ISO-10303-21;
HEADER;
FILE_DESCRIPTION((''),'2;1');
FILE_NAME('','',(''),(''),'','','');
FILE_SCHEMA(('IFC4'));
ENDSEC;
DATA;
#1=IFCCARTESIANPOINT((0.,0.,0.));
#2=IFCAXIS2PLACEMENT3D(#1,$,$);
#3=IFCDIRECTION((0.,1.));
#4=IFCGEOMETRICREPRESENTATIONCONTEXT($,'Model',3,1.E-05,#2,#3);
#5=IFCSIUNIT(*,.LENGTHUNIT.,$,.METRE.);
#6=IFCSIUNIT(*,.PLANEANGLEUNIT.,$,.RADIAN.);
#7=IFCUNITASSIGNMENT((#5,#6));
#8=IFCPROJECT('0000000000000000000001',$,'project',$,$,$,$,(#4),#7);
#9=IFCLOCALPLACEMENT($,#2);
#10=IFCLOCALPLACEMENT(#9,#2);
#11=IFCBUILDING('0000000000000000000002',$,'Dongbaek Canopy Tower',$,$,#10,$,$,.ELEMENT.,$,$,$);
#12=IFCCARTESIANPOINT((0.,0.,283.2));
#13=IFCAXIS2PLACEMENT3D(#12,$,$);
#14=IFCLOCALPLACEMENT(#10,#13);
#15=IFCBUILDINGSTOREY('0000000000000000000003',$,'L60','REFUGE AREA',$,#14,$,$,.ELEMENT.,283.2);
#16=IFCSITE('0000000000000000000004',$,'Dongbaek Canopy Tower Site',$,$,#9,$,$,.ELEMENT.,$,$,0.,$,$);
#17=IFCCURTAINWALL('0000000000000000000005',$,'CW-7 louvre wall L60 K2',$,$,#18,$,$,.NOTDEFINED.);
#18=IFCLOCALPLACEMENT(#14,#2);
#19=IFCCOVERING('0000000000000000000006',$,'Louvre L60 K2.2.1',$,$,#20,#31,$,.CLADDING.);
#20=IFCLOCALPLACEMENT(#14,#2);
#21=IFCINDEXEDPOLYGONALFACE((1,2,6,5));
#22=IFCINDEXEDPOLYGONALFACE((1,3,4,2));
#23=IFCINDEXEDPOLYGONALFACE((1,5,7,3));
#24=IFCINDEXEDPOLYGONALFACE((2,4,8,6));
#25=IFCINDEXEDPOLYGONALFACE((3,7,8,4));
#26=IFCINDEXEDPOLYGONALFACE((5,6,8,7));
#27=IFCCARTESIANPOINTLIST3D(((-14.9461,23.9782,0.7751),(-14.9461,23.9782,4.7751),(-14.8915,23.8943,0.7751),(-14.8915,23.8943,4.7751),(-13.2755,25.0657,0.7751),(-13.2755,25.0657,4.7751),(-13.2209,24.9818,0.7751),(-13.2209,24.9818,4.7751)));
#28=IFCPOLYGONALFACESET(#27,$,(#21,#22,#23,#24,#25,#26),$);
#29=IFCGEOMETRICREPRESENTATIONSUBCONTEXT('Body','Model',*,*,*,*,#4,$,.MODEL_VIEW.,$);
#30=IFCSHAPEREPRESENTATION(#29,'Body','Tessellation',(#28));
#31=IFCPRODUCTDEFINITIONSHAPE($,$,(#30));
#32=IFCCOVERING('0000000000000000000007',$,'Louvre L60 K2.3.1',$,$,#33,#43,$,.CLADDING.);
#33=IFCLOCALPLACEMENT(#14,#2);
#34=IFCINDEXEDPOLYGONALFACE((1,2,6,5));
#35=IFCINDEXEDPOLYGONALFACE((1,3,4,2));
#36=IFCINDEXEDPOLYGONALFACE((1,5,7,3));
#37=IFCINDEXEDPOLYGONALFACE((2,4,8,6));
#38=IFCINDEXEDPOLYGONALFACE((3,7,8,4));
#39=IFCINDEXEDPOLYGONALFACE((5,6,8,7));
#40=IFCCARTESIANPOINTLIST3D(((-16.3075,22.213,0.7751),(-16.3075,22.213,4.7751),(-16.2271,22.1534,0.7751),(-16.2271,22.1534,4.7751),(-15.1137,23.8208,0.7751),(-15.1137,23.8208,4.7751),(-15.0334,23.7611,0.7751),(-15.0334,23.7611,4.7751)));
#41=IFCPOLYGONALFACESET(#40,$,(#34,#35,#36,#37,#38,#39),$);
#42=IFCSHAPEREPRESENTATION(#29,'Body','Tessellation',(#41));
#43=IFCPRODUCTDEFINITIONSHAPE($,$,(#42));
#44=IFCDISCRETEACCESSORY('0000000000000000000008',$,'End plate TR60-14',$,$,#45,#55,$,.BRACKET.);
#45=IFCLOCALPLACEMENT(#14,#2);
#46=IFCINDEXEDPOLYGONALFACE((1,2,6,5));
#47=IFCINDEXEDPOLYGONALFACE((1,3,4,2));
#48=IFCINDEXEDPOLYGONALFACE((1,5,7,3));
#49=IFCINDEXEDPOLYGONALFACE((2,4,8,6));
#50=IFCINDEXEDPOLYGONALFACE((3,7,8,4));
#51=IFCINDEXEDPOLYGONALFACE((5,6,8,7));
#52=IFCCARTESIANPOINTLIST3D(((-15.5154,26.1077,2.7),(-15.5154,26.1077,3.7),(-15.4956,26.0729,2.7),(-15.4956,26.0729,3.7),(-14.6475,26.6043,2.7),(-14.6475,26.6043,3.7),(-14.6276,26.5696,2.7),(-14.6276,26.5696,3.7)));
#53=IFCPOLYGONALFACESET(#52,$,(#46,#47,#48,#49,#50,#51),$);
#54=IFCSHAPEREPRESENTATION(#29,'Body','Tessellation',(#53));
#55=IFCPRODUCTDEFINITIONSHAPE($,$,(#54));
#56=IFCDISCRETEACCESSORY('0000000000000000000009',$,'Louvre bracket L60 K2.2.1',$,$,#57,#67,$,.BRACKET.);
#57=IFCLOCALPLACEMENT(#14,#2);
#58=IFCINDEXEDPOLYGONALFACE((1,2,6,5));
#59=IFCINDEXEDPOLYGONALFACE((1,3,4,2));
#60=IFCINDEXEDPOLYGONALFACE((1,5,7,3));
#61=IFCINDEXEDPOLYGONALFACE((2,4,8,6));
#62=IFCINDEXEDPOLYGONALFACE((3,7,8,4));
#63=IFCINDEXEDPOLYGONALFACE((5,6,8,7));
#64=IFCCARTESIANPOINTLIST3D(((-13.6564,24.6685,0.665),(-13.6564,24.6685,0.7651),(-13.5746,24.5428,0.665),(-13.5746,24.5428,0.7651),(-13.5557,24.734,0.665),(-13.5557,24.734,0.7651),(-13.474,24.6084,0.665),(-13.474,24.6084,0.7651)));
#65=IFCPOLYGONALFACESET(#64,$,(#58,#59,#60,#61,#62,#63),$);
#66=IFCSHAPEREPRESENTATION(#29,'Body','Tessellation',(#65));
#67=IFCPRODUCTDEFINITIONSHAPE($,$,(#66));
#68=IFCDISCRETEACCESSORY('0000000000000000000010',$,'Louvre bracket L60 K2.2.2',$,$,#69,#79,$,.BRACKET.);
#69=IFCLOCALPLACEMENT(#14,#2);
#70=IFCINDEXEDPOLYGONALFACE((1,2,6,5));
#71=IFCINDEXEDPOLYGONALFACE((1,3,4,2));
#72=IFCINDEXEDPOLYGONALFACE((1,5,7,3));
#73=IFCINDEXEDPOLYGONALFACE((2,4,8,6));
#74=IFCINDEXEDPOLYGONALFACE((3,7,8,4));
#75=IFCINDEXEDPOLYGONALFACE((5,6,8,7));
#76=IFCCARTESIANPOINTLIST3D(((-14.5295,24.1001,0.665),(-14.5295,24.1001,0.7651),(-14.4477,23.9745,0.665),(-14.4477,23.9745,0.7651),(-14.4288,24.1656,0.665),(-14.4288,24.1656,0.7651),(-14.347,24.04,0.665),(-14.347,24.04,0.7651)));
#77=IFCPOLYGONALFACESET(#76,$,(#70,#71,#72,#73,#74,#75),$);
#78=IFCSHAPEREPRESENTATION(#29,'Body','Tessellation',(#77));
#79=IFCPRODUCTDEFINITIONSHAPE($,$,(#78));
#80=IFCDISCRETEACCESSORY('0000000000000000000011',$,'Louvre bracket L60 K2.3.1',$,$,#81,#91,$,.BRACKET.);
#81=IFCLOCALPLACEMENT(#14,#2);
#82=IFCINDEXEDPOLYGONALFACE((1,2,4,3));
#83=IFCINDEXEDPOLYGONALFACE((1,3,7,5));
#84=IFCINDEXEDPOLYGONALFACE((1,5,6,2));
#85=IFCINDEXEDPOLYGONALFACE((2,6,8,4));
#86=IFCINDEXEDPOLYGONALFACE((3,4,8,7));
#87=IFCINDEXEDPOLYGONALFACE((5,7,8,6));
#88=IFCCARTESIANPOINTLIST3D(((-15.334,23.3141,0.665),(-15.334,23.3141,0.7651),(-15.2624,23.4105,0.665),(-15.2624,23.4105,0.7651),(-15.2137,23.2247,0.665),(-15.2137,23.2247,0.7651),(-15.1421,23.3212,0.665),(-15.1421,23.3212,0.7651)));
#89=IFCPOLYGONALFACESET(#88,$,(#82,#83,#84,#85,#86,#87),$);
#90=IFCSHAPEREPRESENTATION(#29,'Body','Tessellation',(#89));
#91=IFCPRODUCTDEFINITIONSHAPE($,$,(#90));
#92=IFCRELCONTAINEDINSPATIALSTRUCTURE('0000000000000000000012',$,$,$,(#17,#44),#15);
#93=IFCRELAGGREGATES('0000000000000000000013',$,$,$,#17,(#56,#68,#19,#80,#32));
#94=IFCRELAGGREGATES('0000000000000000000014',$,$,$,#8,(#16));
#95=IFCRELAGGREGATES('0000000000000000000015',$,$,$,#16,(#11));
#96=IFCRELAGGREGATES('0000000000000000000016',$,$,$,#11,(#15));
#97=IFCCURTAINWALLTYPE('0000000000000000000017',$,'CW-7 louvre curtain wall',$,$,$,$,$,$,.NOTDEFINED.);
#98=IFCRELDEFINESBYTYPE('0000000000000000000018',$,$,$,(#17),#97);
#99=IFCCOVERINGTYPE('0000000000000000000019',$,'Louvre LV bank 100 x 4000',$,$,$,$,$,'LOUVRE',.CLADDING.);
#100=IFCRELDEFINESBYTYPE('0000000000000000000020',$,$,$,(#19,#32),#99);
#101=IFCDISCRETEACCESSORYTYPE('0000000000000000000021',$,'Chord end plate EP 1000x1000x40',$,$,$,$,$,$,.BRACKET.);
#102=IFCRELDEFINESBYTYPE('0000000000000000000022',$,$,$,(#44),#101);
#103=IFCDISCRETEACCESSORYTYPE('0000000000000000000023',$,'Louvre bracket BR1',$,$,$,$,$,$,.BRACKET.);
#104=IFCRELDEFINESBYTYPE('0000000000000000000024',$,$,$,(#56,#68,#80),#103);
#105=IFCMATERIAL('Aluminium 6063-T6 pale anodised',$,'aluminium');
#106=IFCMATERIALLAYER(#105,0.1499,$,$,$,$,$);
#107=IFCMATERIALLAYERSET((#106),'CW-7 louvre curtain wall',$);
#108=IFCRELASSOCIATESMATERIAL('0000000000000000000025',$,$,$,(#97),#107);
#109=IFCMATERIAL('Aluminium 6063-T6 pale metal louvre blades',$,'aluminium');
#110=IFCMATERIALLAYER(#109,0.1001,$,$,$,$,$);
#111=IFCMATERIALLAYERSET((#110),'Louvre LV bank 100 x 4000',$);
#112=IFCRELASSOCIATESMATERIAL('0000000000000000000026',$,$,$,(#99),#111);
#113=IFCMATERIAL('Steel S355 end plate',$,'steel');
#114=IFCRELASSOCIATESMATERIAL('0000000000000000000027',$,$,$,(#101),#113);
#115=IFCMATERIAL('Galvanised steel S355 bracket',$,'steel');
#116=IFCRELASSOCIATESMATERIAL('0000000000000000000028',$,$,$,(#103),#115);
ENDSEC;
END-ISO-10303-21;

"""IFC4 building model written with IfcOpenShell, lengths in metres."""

from ifc_helpers import new_model, si_unit, direction, frame, origin, origin_2d, place, context, subcontext, project, spatial, rectangle, extrude, material, layer, layer_set, type_object, element, aggregate, save


model = new_model("IFC4")

# Units and contexts
model_context = context("Model", 3, precision=1e-05, world=origin(), true_north=direction((0.0, 1.0)))
body_context = subcontext(model_context, "Body", "Model", "MODEL_VIEW")
ifc_project = project(units=[si_unit("LENGTHUNIT", "METRE"), si_unit("PLANEANGLEUNIT", "RADIAN")], contexts=[model_context])

# Site, building, storey
site_placement = place(None, origin())
site = spatial("IfcSite", under=ifc_project, at=site_placement, Name="Dongbaek Canopy Tower Site", CompositionType="ELEMENT", RefElevation=0.0)
building_placement = place(site_placement, origin())
building = spatial("IfcBuilding", under=site, at=building_placement, Name="Dongbaek Canopy Tower", CompositionType="ELEMENT")
storey_placement = place(building_placement, frame((0.0, 0.0, 283.2)))
storey = spatial("IfcBuildingStorey", under=building, at=storey_placement, Name="L60", Description="REFUGE AREA", CompositionType="ELEMENT", Elevation=283.2)

# Curtain wall
ifc_material_1 = material(Name="Aluminium 6063-T6 pale anodised", Category="aluminium")
ifc_layer_1 = layer(ifc_material_1, 0.1499)
ifc_layer_set_1 = layer_set([ifc_layer_1], Name="CW-7 louvre curtain wall")
curtain_wall_type = type_object("IfcCurtainWallType", Name="CW-7 louvre curtain wall", PredefinedType="NOTDEFINED", material=ifc_layer_set_1)
curtain_wall_placement = place(storey_placement, origin())
curtain_wall = element("IfcCurtainWall", 1, at=curtain_wall_placement, inside=storey, type_object=curtain_wall_type, Name="CW-7 louvre wall L60 K2", PredefinedType="NOTDEFINED")

# Coverings
ifc_material_2 = material(Name="Aluminium 6063-T6 pale metal louvre blades", Category="aluminium")
ifc_layer_2 = layer(ifc_material_2, 0.1001)
ifc_layer_set_2 = layer_set([ifc_layer_2], Name="Louvre LV bank 100 x 4000")
covering_type = type_object("IfcCoveringType", Name="Louvre LV bank 100 x 4000", ElementType="LOUVRE", PredefinedType="CLADDING", material=ifc_layer_set_2)
covering_1_placement = place(storey_placement, frame((-14.0835, 24.48, 0.7751), z_axis=(0.0, 0.0, 1.0), x_axis=(-0.838077, -0.545552, 0.0)))
covering_1 = element("IfcCovering", 2, at=covering_1_placement, type_object=covering_type, Name="Louvre L60 K2.2.1", PredefinedType="CLADDING", context=body_context, shape_type="SweptSolid", body=[
    extrude(rectangle(XDim=1.9934, YDim=0.1001, at=origin_2d()), origin(), (0.0, 0.0, 1.0), 4.0),
])
covering_2_placement = place(storey_placement, frame((-15.6704, 22.9871, 0.7751), z_axis=(0.0, 0.0, 1.0), x_axis=(-0.596129, -0.802889, 0.0)))
covering_2 = element("IfcCovering", 3, at=covering_2_placement, type_object=covering_type, Name="Louvre L60 K2.3.1", PredefinedType="CLADDING", context=body_context, shape_type="SweptSolid", body=[
    extrude(rectangle(XDim=2.0024, YDim=0.1001, at=origin_2d()), origin(), (0.0, 0.0, 1.0), 4.0),
])

# Discrete accessories
ifc_material_3 = material(Name="Steel S355 end plate", Category="steel")
discrete_accessory_type_1 = type_object("IfcDiscreteAccessoryType", Name="Chord end plate EP 1000x1000x40", PredefinedType="BRACKET", material=ifc_material_3)
discrete_accessory_1_placement = place(storey_placement, frame((-15.0715, 26.3386, 2.7), z_axis=(0.0, 0.0, 1.0), x_axis=(0.496656, -0.867948, 0.0)))
element("IfcDiscreteAccessory", 4, at=discrete_accessory_1_placement, inside=storey, type_object=discrete_accessory_type_1, Name="End plate TR60-14", PredefinedType="BRACKET", context=body_context, shape_type="SweptSolid", body=[
    extrude(rectangle(XDim=0.04, YDim=1.0, at=origin_2d()), origin(), (0.0, 0.0, 1.0), 1.0),
])
ifc_material_4 = material(Name="Galvanised steel S355 bracket", Category="steel")
discrete_accessory_type_2 = type_object("IfcDiscreteAccessoryType", Name="Louvre bracket BR1", PredefinedType="BRACKET", material=ifc_material_4)
discrete_accessory_2_placement = place(storey_placement, frame((-13.5652, 24.6384, 0.665), z_axis=(0.0, 0.0, 1.0), x_axis=(-0.838077, -0.545552, 0.0)))
discrete_accessory_2 = element("IfcDiscreteAccessory", 5, at=discrete_accessory_2_placement, type_object=discrete_accessory_type_2, Name="Louvre bracket L60 K2.2.1", PredefinedType="BRACKET", context=body_context, shape_type="SweptSolid", body=[
    extrude(rectangle(XDim=0.1201, YDim=0.1499, at=origin_2d()), origin(), (0.0, 0.0, 1.0), 0.1001),
])
discrete_accessory_3_placement = place(storey_placement, frame((-14.4382, 24.0701, 0.665), z_axis=(0.0, 0.0, 1.0), x_axis=(-0.838077, -0.545552, 0.0)))
discrete_accessory_3 = element("IfcDiscreteAccessory", 6, at=discrete_accessory_3_placement, type_object=discrete_accessory_type_2, Name="Louvre bracket L60 K2.2.2", PredefinedType="BRACKET", context=body_context, shape_type="SweptSolid", body=[
    extrude(rectangle(XDim=0.1201, YDim=0.1499, at=origin_2d()), origin(), (0.0, 0.0, 1.0), 0.1001),
])
discrete_accessory_4_placement = place(storey_placement, frame((-15.238, 23.3176, 0.665), z_axis=(0.0, 0.0, 1.0), x_axis=(-0.596129, -0.802889, 0.0)))
discrete_accessory_4 = element("IfcDiscreteAccessory", 7, at=discrete_accessory_4_placement, type_object=discrete_accessory_type_2, Name="Louvre bracket L60 K2.3.1", PredefinedType="BRACKET", context=body_context, shape_type="SweptSolid", body=[
    extrude(rectangle(XDim=0.1201, YDim=0.1499, at=origin_2d()), origin(), (0.0, 0.0, 1.0), 0.1001),
])
aggregate(curtain_wall, [discrete_accessory_2, discrete_accessory_3, covering_1, discrete_accessory_4, covering_2])

save(model, "model.ifc")
